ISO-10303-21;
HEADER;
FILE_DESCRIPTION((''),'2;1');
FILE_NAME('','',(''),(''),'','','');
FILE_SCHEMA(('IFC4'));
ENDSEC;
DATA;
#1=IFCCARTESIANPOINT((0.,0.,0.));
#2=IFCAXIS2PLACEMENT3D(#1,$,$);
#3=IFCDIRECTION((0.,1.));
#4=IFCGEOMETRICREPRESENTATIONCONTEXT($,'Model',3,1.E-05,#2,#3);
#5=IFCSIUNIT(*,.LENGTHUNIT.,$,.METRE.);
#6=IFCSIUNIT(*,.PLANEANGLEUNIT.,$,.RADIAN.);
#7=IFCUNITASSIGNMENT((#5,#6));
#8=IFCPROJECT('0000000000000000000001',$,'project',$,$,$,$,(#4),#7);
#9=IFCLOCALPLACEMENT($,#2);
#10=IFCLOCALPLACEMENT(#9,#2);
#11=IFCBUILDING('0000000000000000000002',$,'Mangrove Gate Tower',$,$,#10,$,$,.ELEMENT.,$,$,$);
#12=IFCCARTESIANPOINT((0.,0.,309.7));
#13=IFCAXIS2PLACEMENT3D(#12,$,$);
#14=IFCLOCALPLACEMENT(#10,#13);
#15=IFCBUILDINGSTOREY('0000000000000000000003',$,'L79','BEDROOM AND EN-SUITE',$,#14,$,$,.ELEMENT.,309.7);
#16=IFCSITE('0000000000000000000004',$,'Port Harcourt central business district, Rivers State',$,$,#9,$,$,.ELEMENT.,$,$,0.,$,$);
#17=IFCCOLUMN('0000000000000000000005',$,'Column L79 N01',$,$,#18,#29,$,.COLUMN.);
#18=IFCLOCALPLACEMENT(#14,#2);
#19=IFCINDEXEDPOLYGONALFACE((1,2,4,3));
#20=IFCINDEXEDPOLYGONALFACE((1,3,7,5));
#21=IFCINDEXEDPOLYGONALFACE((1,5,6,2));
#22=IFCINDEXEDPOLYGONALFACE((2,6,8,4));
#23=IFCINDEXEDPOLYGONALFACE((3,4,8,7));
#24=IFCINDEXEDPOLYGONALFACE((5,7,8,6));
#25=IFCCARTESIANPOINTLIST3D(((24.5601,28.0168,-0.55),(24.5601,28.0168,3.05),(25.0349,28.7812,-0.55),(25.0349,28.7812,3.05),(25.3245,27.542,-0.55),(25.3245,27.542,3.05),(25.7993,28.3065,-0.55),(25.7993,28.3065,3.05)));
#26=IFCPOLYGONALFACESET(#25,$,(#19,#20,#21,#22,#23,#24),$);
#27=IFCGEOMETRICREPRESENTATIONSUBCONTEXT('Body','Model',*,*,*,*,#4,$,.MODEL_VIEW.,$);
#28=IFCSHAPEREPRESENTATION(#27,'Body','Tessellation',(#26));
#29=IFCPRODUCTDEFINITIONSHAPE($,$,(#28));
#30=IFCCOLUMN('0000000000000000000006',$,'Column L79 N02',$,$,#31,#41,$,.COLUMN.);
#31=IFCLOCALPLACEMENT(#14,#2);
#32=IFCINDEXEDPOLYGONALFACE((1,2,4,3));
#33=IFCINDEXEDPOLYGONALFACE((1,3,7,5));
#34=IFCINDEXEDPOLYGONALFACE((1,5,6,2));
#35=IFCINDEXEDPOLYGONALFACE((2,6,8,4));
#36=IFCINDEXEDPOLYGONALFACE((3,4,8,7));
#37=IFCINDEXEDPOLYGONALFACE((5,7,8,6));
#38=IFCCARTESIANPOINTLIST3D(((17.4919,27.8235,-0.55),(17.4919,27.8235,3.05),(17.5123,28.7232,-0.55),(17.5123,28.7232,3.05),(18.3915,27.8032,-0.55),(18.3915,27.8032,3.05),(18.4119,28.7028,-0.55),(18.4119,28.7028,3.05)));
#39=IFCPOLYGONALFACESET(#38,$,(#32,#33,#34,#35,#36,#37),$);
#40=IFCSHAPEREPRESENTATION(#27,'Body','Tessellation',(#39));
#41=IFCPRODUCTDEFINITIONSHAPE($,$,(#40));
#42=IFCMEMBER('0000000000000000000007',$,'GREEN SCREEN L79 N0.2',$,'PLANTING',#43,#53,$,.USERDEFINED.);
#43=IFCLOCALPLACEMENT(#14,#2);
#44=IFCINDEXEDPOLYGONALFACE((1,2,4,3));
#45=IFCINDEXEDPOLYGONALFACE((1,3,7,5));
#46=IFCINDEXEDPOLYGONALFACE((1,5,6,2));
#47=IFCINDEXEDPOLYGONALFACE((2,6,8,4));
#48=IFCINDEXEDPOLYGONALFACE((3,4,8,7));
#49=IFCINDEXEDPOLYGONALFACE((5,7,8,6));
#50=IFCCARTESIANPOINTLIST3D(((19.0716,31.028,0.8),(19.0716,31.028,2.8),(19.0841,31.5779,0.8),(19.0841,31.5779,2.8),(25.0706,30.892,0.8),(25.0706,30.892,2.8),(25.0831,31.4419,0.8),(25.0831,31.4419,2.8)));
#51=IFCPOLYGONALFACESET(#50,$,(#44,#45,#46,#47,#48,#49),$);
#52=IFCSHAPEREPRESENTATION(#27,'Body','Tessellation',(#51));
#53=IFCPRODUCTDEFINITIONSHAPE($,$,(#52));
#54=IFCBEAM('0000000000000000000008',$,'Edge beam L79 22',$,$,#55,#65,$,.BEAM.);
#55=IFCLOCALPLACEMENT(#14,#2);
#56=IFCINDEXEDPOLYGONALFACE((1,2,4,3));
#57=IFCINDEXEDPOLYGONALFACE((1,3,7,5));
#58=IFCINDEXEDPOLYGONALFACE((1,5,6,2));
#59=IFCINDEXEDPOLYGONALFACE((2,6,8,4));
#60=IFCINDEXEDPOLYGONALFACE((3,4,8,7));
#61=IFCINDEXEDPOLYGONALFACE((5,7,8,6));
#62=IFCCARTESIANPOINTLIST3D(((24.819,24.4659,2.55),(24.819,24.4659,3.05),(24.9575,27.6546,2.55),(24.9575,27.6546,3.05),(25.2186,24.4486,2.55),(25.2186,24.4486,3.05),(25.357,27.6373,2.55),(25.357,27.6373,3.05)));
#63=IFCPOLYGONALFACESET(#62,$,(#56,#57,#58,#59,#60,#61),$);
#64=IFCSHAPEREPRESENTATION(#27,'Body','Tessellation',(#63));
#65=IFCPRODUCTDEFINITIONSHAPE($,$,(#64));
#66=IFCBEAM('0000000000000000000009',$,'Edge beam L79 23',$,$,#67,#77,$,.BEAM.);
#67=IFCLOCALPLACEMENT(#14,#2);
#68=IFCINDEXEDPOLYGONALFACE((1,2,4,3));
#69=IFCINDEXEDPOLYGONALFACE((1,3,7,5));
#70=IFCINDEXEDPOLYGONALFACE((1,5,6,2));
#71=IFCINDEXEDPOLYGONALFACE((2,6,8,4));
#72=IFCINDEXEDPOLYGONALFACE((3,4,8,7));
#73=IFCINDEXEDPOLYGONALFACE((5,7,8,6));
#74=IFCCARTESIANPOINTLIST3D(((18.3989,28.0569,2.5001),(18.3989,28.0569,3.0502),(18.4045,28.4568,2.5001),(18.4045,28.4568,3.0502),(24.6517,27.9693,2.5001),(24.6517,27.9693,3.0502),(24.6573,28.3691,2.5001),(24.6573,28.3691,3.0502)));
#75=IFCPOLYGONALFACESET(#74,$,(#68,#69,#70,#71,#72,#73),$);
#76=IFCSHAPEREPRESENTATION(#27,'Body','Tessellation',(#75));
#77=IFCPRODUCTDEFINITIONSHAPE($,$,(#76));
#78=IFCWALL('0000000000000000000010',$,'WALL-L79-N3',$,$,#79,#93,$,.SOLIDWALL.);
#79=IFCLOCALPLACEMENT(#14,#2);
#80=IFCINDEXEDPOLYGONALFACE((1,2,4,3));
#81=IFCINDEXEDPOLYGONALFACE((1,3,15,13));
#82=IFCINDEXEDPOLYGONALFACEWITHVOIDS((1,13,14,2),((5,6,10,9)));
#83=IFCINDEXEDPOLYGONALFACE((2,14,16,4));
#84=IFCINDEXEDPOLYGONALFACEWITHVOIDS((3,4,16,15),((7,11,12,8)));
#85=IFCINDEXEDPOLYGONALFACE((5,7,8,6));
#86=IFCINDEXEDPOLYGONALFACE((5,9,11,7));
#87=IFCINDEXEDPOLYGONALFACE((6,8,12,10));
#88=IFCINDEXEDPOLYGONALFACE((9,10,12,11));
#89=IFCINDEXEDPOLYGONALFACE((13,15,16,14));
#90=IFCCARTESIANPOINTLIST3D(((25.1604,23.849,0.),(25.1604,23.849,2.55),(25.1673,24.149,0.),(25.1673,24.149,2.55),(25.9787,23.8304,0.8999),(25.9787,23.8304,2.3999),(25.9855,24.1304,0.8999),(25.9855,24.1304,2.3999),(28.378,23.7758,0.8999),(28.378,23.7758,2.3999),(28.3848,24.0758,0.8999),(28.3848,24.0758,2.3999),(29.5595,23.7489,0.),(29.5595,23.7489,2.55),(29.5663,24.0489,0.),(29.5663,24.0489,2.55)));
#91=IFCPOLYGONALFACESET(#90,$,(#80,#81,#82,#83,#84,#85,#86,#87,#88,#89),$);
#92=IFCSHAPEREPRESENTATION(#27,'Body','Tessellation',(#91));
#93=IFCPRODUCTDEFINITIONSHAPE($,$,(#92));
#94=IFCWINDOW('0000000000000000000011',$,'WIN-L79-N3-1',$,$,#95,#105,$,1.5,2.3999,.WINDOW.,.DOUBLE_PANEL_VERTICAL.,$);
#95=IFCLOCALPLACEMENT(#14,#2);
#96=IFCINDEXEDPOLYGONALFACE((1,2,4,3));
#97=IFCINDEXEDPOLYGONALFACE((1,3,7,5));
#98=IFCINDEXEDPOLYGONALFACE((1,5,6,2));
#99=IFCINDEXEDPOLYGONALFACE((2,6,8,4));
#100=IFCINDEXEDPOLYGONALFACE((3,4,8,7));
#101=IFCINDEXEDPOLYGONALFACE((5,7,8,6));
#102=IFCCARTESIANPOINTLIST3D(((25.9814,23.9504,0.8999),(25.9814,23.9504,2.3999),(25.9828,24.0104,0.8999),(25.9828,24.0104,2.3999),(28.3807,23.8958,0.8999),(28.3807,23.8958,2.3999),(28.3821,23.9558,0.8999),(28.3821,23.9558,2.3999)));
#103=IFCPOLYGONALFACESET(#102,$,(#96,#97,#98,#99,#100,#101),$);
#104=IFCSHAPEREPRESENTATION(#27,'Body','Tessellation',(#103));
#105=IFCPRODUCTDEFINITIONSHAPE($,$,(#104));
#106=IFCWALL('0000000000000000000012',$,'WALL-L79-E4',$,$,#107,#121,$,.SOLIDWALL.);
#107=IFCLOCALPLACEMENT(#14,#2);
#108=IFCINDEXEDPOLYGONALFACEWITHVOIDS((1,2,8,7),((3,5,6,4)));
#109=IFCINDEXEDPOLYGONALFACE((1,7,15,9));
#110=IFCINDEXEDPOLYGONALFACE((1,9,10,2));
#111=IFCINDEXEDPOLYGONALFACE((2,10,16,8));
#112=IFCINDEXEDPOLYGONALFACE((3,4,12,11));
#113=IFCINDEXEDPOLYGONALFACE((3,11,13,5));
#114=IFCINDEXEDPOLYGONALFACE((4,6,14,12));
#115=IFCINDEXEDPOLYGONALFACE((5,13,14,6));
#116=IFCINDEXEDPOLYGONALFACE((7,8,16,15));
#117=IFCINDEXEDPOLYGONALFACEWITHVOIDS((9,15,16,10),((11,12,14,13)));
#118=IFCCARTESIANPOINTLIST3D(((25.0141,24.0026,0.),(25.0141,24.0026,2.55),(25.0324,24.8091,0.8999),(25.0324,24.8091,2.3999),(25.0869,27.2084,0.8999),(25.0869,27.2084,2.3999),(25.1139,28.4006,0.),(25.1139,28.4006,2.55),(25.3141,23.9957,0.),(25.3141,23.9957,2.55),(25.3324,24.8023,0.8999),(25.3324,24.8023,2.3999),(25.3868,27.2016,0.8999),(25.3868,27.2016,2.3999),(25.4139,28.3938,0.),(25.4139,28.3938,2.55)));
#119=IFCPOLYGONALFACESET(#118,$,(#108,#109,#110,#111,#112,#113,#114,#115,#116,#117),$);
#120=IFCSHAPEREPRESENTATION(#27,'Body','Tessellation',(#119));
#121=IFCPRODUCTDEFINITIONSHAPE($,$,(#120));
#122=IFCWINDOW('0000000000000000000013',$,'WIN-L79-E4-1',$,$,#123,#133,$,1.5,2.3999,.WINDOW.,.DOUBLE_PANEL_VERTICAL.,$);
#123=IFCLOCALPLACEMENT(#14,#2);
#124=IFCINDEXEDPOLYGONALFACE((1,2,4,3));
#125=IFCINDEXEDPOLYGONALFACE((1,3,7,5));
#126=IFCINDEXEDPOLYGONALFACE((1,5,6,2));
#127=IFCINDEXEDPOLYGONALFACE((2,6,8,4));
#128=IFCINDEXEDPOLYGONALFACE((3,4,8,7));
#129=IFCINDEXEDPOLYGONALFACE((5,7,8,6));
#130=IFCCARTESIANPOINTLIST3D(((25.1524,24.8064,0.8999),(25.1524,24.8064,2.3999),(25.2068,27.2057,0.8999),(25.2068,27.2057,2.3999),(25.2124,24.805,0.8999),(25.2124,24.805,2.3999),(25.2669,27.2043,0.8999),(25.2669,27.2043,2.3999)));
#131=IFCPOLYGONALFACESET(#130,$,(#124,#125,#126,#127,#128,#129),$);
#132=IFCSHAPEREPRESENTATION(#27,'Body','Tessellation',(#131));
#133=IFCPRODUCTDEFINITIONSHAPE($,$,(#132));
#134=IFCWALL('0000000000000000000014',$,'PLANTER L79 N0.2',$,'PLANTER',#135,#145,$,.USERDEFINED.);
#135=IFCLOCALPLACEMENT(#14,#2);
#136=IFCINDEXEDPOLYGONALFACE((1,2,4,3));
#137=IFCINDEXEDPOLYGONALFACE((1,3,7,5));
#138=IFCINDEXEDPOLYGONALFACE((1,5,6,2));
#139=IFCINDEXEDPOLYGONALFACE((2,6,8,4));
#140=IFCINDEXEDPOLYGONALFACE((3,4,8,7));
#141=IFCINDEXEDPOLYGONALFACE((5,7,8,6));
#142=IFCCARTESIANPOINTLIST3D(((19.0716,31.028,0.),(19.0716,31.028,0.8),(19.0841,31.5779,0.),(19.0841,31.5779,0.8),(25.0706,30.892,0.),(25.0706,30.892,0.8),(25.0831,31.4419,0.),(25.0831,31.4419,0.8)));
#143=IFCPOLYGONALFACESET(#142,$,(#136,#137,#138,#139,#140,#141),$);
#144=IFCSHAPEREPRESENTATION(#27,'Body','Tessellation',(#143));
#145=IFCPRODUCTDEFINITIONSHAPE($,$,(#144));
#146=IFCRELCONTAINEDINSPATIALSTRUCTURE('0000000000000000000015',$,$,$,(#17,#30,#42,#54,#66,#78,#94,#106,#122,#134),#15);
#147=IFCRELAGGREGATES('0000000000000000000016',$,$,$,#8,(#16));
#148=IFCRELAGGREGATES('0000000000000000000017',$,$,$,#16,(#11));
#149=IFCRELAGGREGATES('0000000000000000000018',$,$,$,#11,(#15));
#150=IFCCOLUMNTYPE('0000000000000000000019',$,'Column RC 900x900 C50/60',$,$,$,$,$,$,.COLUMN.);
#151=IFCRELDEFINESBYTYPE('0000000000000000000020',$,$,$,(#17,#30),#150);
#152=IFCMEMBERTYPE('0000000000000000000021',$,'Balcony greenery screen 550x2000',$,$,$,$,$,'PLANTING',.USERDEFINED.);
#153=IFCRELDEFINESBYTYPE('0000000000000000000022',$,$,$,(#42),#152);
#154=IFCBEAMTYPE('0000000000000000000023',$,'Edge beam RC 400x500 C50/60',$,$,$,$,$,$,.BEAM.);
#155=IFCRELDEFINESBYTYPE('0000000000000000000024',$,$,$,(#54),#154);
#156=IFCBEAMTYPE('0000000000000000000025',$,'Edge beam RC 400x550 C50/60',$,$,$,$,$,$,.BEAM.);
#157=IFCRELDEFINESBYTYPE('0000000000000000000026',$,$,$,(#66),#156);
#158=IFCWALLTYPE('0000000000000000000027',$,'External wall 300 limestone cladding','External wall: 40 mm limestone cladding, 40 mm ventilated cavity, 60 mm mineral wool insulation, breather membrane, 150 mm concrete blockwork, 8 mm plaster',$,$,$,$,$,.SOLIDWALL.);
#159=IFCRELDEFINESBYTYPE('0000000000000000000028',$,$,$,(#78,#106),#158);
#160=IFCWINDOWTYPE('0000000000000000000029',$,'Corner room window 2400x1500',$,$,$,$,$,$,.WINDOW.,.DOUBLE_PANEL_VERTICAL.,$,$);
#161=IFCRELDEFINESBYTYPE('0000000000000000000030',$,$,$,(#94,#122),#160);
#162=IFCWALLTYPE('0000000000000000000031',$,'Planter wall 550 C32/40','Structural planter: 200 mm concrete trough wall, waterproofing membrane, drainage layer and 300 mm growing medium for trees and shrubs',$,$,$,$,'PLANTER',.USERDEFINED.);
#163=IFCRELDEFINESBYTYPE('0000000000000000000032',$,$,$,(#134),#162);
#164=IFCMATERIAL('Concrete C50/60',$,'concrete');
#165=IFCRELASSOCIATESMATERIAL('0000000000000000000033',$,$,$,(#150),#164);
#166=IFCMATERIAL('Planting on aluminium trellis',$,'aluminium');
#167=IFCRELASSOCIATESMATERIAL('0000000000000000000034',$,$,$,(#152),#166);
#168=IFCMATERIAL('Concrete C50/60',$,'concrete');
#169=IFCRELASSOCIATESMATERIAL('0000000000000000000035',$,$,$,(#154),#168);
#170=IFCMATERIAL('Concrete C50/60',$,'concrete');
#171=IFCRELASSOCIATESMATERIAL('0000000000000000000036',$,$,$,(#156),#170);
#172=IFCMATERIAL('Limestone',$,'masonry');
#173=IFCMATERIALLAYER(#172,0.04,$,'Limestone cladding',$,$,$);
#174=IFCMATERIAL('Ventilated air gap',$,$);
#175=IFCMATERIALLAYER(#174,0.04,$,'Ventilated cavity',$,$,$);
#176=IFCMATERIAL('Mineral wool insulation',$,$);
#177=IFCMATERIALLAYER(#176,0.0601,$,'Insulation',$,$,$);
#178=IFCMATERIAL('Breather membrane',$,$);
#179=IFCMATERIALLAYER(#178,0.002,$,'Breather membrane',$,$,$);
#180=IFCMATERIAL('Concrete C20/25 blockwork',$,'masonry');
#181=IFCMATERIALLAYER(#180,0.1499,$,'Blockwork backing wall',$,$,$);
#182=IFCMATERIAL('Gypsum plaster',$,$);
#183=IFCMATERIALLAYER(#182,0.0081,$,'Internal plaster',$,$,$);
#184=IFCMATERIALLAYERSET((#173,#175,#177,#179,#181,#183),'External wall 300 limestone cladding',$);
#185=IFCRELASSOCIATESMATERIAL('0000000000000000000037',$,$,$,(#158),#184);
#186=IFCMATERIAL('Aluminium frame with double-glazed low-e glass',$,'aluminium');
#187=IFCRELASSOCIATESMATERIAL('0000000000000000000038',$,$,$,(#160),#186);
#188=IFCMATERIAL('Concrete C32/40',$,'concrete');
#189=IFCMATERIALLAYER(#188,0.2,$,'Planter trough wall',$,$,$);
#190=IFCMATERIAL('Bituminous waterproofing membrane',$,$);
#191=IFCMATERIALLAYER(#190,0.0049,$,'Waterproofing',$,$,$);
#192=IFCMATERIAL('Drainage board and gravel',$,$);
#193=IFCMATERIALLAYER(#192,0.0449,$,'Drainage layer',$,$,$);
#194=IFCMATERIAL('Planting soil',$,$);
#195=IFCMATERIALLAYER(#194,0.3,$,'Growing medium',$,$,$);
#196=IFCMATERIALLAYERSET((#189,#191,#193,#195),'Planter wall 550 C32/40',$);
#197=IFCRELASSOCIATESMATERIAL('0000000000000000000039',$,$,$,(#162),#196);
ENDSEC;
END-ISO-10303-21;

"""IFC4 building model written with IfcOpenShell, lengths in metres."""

from ifc_helpers import new_model, si_unit, direction, frame, frame_2d, origin, origin_2d, place, context, subcontext, project, spatial, rectangle, extrude, material, layer, layer_set, material_profile, profile_set, type_object, element, fill, save


model = new_model("IFC4")

# Units and contexts
model_context = context("Model", 3, precision=1e-05, world=origin(), true_north=direction((0.0, 1.0)))
body_context = subcontext(model_context, "Body", "Model", "MODEL_VIEW")
ifc_project = project(units=[si_unit("LENGTHUNIT", "METRE"), si_unit("PLANEANGLEUNIT", "RADIAN")], contexts=[model_context])

# Site, building, storey
site_placement = place(None, origin())
site = spatial("IfcSite", under=ifc_project, at=site_placement, Name="Port Harcourt central business district, Rivers State", CompositionType="ELEMENT", RefElevation=0.0)
building_placement = place(site_placement, origin())
building = spatial("IfcBuilding", under=site, at=building_placement, Name="Mangrove Gate Tower", CompositionType="ELEMENT")
storey_placement = place(building_placement, frame((0.0, 0.0, 309.7)))
storey = spatial("IfcBuildingStorey", under=building, at=storey_placement, Name="L79", Description="BEDROOM AND EN-SUITE", CompositionType="ELEMENT", Elevation=309.7)

# Columns
ifc_material_1 = material(Name="Concrete C50/60", Category="concrete")
ifc_material_profile_1 = material_profile(ifc_material_1, rectangle(XDim=0.8999, YDim=0.8999, at=origin_2d()))
ifc_profile_set_1 = profile_set([ifc_material_profile_1], Name="Concrete C50/60")
column_type = type_object("IfcColumnType", Name="Column RC 900x900 C50/60", PredefinedType="COLUMN", material=ifc_profile_set_1)
for number, where, z_axis, x_axis, name in (
    (1, (25.1797, 28.1616, -0.55), (0.0, 0.0, 1.0), (-0.849494, 0.527599, 0.0), "Column L79 N01"),
    (2, (17.9519, 28.2632, -0.55), (0.0, 0.0, 1.0), (-0.999743, 0.022664, 0.0), "Column L79 N02"),
):
    element("IfcColumn", number, at=place(storey_placement, frame(where, z_axis=z_axis, x_axis=x_axis)), inside=storey, type_object=column_type, Name=name, PredefinedType="COLUMN", context=body_context, shape_type="SweptSolid", body=[
        extrude(rectangle(XDim=0.8999, YDim=0.8999, at=origin_2d()), origin(), (0.0, 0.0, 1.0), 3.6001),
    ])

# Member
ifc_material_2 = material(Name="Planting on aluminium trellis", Category="aluminium")
ifc_material_profile_2 = material_profile(ifc_material_2, rectangle(XDim=0.55, YDim=2.0, at=origin_2d()))
ifc_profile_set_2 = profile_set([ifc_material_profile_2], Name="Planting on aluminium trellis")
member_type = type_object("IfcMemberType", Name="Balcony greenery screen 550x2000", ElementType="PLANTING", PredefinedType="USERDEFINED", material=ifc_profile_set_2)
member_placement = place(storey_placement, frame((19.0779, 31.303, 1.8), z_axis=(0.999743, -0.022662, 0.0), x_axis=(0.022662, 0.999743, 0.0)))
element("IfcMember", 3, at=member_placement, inside=storey, type_object=member_type, Name="GREEN SCREEN L79 N0.2", ObjectType="PLANTING", PredefinedType="USERDEFINED", context=body_context, shape_type="SweptSolid", body=[
    extrude(rectangle(XDim=0.55, YDim=2.0, at=origin_2d()), origin(), (0.0, 0.0, 1.0), 6.0005),
])

# Beams
ifc_material_3 = material(Name="Concrete C50/60", Category="concrete")
ifc_material_profile_3 = material_profile(ifc_material_3, rectangle(XDim=0.3999, YDim=0.5, at=origin_2d()))
ifc_profile_set_3 = profile_set([ifc_material_profile_3], Name="Concrete C50/60")
beam_type_1 = type_object("IfcBeamType", Name="Edge beam RC 400x500 C50/60", PredefinedType="BEAM", material=ifc_profile_set_3)
beam_1_placement = place(storey_placement, frame((25.0188, 24.4573, 2.8), z_axis=(0.043371, 0.999059, 0.0), x_axis=(-0.999059, 0.043371, 0.0)))
element("IfcBeam", 4, at=beam_1_placement, inside=storey, type_object=beam_type_1, Name="Edge beam L79 22", PredefinedType="BEAM", context=body_context, shape_type="SweptSolid", body=[
    extrude(rectangle(XDim=0.3999, YDim=0.5, at=origin_2d()), origin(), (0.0, 0.0, 1.0), 3.1917),
])
ifc_material_4 = material(Name="Concrete C50/60", Category="concrete")
ifc_material_profile_4 = material_profile(ifc_material_4, rectangle(XDim=0.3999, YDim=0.55, at=origin_2d()))
ifc_profile_set_4 = profile_set([ifc_material_profile_4], Name="Concrete C50/60")
beam_type_2 = type_object("IfcBeamType", Name="Edge beam RC 400x550 C50/60", PredefinedType="BEAM", material=ifc_profile_set_4)
beam_2_placement = place(storey_placement, frame((24.6545, 28.1692, 2.7751), z_axis=(-0.999902, 0.014016, 0.0), x_axis=(-0.014016, -0.999902, 0.0)))
element("IfcBeam", 5, at=beam_2_placement, inside=storey, type_object=beam_type_2, Name="Edge beam L79 23", PredefinedType="BEAM", context=body_context, shape_type="SweptSolid", body=[
    extrude(rectangle(XDim=0.3999, YDim=0.55, at=origin_2d()), origin(), (0.0, 0.0, 1.0), 6.2534),
])

# Walls, openings, windows
ifc_material_5 = material(Name="Limestone", Category="masonry")
ifc_layer_1 = layer(ifc_material_5, 0.04, Name="Limestone cladding")
ifc_material_6 = material(Name="Ventilated air gap")
ifc_layer_2 = layer(ifc_material_6, 0.04, Name="Ventilated cavity")
ifc_material_7 = material(Name="Mineral wool insulation")
ifc_layer_3 = layer(ifc_material_7, 0.0601, Name="Insulation")
ifc_material_8 = material(Name="Breather membrane")
ifc_layer_4 = layer(ifc_material_8, 0.002, Name="Breather membrane")
ifc_material_9 = material(Name="Concrete C20/25 blockwork", Category="masonry")
ifc_layer_5 = layer(ifc_material_9, 0.1499, Name="Blockwork backing wall")
ifc_material_10 = material(Name="Gypsum plaster")
ifc_layer_6 = layer(ifc_material_10, 0.0081, Name="Internal plaster")
ifc_layer_set_1 = layer_set([ifc_layer_1, ifc_layer_2, ifc_layer_3, ifc_layer_4, ifc_layer_5, ifc_layer_6], Name="External wall 300 limestone cladding")
wall_type_1 = type_object("IfcWallType", Name="External wall 300 limestone cladding", Description="External wall: 40 mm limestone cladding, 40 mm ventilated cavity, 60 mm mineral wool insulation, breather membrane, 150 mm concrete blockwork, 8 mm plaster", PredefinedType="SOLIDWALL", material=ifc_layer_set_1)
wall_1_placement = place(storey_placement, frame((29.563, 23.8989, 0.0), z_axis=(0.0, 0.0, 1.0), x_axis=(-0.999741, 0.022749, 0.0)))
wall_1 = element("IfcWall", 6, at=wall_1_placement, inside=storey, type_object=wall_type_1, Name="WALL-L79-N3", PredefinedType="SOLIDWALL", context=body_context, shape_type="SweptSolid", body=[
    extrude(rectangle(XDim=4.4001, YDim=0.3, at=frame_2d((2.2002, 0.0))), origin(), (0.0, 0.0, 1.0), 2.55),
])
opening_1_placement = place(wall_1_placement, frame((1.1819, 0.0, 0.8999)))
opening_1 = element("IfcOpeningElement", 7, at=opening_1_placement, cuts=wall_1, PredefinedType="OPENING", context=body_context, shape_type="SweptSolid", body=[
    extrude(rectangle(XDim=2.3999, YDim=1.5, at=frame_2d((1.2, 0.75))), frame((0.0, 0.1599, 0.0), z_axis=(0.0, -1.0, 0.0), x_axis=(1.0, 0.0, 0.0)), (0.0, 0.0, 1.0), 0.3201),
])
ifc_material_11 = material(Name="Aluminium frame with double-glazed low-e glass", Category="aluminium")
window_type = type_object("IfcWindowType", Name="Corner room window 2400x1500", PartitioningType="DOUBLE_PANEL_VERTICAL", PredefinedType="WINDOW", material=ifc_material_11)
window_1_placement = place(opening_1_placement, origin())
window_1 = element("IfcWindow", 8, at=window_1_placement, inside=storey, type_object=window_type, Name="WIN-L79-N3-1", OverallHeight=1.5, OverallWidth=2.3999, PartitioningType="DOUBLE_PANEL_VERTICAL", PredefinedType="WINDOW", context=body_context, shape_type="SweptSolid", body=[
    extrude(rectangle(XDim=2.3999, YDim=1.5, at=frame_2d((1.2, 0.75))), frame((0.0, 0.03, 0.0), z_axis=(0.0, -1.0, 0.0), x_axis=(1.0, 0.0, 0.0)), (0.0, 0.0, 1.0), 0.0601),
])
fill(opening_1, window_1)
wall_2_placement = place(storey_placement, frame((25.1641, 23.999, 0.0), z_axis=(0.0, 0.0, 1.0), x_axis=(0.022699, 0.999742, 0.0)))
wall_2 = element("IfcWall", 9, at=wall_2_placement, inside=storey, type_object=wall_type_1, Name="WALL-L79-E4", PredefinedType="SOLIDWALL", context=body_context, shape_type="SweptSolid", body=[
    extrude(rectangle(XDim=4.3992, YDim=0.3, at=frame_2d((2.1997, 0.0))), origin(), (0.0, 0.0, 1.0), 2.55),
])
opening_2_placement = place(wall_2_placement, frame((0.8069, 0.0, 0.8999)))
opening_2 = element("IfcOpeningElement", 10, at=opening_2_placement, cuts=wall_2, PredefinedType="OPENING", context=body_context, shape_type="SweptSolid", body=[
    extrude(rectangle(XDim=2.3999, YDim=1.5, at=frame_2d((1.2, 0.75))), frame((0.0, 0.1599, 0.0), z_axis=(0.0, -1.0, 0.0), x_axis=(1.0, 0.0, 0.0)), (0.0, 0.0, 1.0), 0.3201),
])
window_2_placement = place(opening_2_placement, origin())
window_2 = element("IfcWindow", 11, at=window_2_placement, inside=storey, type_object=window_type, Name="WIN-L79-E4-1", OverallHeight=1.5, OverallWidth=2.3999, PartitioningType="DOUBLE_PANEL_VERTICAL", PredefinedType="WINDOW", context=body_context, shape_type="SweptSolid", body=[
    extrude(rectangle(XDim=2.3999, YDim=1.5, at=frame_2d((1.2, 0.75))), frame((0.0, 0.03, 0.0), z_axis=(0.0, -1.0, 0.0), x_axis=(1.0, 0.0, 0.0)), (0.0, 0.0, 1.0), 0.0601),
])
fill(opening_2, window_2)

# Wall
ifc_material_12 = material(Name="Concrete C32/40", Category="concrete")
ifc_layer_7 = layer(ifc_material_12, 0.2, Name="Planter trough wall")
ifc_material_13 = material(Name="Bituminous waterproofing membrane")
ifc_layer_8 = layer(ifc_material_13, 0.0049, Name="Waterproofing")
ifc_material_14 = material(Name="Drainage board and gravel")
ifc_layer_9 = layer(ifc_material_14, 0.0449, Name="Drainage layer")
ifc_material_15 = material(Name="Planting soil")
ifc_layer_10 = layer(ifc_material_15, 0.3, Name="Growing medium")
ifc_layer_set_2 = layer_set([ifc_layer_7, ifc_layer_8, ifc_layer_9, ifc_layer_10], Name="Planter wall 550 C32/40")
wall_type_2 = type_object("IfcWallType", Name="Planter wall 550 C32/40", Description="Structural planter: 200 mm concrete trough wall, waterproofing membrane, drainage layer and 300 mm growing medium for trees and shrubs", ElementType="PLANTER", PredefinedType="USERDEFINED", material=ifc_layer_set_2)
wall_3_placement = place(storey_placement, frame((19.0779, 31.303, 0.0), z_axis=(0.0, 0.0, 1.0), x_axis=(0.999743, -0.022662, 0.0)))
element("IfcWall", 12, at=wall_3_placement, inside=storey, type_object=wall_type_2, Name="PLANTER L79 N0.2", ObjectType="PLANTER", PredefinedType="USERDEFINED", context=body_context, shape_type="SweptSolid", body=[
    extrude(rectangle(XDim=6.0005, YDim=0.55, at=frame_2d((3.0002, 0.0))), origin(), (0.0, 0.0, 1.0), 0.8),
])

save(model, "model.ifc")
